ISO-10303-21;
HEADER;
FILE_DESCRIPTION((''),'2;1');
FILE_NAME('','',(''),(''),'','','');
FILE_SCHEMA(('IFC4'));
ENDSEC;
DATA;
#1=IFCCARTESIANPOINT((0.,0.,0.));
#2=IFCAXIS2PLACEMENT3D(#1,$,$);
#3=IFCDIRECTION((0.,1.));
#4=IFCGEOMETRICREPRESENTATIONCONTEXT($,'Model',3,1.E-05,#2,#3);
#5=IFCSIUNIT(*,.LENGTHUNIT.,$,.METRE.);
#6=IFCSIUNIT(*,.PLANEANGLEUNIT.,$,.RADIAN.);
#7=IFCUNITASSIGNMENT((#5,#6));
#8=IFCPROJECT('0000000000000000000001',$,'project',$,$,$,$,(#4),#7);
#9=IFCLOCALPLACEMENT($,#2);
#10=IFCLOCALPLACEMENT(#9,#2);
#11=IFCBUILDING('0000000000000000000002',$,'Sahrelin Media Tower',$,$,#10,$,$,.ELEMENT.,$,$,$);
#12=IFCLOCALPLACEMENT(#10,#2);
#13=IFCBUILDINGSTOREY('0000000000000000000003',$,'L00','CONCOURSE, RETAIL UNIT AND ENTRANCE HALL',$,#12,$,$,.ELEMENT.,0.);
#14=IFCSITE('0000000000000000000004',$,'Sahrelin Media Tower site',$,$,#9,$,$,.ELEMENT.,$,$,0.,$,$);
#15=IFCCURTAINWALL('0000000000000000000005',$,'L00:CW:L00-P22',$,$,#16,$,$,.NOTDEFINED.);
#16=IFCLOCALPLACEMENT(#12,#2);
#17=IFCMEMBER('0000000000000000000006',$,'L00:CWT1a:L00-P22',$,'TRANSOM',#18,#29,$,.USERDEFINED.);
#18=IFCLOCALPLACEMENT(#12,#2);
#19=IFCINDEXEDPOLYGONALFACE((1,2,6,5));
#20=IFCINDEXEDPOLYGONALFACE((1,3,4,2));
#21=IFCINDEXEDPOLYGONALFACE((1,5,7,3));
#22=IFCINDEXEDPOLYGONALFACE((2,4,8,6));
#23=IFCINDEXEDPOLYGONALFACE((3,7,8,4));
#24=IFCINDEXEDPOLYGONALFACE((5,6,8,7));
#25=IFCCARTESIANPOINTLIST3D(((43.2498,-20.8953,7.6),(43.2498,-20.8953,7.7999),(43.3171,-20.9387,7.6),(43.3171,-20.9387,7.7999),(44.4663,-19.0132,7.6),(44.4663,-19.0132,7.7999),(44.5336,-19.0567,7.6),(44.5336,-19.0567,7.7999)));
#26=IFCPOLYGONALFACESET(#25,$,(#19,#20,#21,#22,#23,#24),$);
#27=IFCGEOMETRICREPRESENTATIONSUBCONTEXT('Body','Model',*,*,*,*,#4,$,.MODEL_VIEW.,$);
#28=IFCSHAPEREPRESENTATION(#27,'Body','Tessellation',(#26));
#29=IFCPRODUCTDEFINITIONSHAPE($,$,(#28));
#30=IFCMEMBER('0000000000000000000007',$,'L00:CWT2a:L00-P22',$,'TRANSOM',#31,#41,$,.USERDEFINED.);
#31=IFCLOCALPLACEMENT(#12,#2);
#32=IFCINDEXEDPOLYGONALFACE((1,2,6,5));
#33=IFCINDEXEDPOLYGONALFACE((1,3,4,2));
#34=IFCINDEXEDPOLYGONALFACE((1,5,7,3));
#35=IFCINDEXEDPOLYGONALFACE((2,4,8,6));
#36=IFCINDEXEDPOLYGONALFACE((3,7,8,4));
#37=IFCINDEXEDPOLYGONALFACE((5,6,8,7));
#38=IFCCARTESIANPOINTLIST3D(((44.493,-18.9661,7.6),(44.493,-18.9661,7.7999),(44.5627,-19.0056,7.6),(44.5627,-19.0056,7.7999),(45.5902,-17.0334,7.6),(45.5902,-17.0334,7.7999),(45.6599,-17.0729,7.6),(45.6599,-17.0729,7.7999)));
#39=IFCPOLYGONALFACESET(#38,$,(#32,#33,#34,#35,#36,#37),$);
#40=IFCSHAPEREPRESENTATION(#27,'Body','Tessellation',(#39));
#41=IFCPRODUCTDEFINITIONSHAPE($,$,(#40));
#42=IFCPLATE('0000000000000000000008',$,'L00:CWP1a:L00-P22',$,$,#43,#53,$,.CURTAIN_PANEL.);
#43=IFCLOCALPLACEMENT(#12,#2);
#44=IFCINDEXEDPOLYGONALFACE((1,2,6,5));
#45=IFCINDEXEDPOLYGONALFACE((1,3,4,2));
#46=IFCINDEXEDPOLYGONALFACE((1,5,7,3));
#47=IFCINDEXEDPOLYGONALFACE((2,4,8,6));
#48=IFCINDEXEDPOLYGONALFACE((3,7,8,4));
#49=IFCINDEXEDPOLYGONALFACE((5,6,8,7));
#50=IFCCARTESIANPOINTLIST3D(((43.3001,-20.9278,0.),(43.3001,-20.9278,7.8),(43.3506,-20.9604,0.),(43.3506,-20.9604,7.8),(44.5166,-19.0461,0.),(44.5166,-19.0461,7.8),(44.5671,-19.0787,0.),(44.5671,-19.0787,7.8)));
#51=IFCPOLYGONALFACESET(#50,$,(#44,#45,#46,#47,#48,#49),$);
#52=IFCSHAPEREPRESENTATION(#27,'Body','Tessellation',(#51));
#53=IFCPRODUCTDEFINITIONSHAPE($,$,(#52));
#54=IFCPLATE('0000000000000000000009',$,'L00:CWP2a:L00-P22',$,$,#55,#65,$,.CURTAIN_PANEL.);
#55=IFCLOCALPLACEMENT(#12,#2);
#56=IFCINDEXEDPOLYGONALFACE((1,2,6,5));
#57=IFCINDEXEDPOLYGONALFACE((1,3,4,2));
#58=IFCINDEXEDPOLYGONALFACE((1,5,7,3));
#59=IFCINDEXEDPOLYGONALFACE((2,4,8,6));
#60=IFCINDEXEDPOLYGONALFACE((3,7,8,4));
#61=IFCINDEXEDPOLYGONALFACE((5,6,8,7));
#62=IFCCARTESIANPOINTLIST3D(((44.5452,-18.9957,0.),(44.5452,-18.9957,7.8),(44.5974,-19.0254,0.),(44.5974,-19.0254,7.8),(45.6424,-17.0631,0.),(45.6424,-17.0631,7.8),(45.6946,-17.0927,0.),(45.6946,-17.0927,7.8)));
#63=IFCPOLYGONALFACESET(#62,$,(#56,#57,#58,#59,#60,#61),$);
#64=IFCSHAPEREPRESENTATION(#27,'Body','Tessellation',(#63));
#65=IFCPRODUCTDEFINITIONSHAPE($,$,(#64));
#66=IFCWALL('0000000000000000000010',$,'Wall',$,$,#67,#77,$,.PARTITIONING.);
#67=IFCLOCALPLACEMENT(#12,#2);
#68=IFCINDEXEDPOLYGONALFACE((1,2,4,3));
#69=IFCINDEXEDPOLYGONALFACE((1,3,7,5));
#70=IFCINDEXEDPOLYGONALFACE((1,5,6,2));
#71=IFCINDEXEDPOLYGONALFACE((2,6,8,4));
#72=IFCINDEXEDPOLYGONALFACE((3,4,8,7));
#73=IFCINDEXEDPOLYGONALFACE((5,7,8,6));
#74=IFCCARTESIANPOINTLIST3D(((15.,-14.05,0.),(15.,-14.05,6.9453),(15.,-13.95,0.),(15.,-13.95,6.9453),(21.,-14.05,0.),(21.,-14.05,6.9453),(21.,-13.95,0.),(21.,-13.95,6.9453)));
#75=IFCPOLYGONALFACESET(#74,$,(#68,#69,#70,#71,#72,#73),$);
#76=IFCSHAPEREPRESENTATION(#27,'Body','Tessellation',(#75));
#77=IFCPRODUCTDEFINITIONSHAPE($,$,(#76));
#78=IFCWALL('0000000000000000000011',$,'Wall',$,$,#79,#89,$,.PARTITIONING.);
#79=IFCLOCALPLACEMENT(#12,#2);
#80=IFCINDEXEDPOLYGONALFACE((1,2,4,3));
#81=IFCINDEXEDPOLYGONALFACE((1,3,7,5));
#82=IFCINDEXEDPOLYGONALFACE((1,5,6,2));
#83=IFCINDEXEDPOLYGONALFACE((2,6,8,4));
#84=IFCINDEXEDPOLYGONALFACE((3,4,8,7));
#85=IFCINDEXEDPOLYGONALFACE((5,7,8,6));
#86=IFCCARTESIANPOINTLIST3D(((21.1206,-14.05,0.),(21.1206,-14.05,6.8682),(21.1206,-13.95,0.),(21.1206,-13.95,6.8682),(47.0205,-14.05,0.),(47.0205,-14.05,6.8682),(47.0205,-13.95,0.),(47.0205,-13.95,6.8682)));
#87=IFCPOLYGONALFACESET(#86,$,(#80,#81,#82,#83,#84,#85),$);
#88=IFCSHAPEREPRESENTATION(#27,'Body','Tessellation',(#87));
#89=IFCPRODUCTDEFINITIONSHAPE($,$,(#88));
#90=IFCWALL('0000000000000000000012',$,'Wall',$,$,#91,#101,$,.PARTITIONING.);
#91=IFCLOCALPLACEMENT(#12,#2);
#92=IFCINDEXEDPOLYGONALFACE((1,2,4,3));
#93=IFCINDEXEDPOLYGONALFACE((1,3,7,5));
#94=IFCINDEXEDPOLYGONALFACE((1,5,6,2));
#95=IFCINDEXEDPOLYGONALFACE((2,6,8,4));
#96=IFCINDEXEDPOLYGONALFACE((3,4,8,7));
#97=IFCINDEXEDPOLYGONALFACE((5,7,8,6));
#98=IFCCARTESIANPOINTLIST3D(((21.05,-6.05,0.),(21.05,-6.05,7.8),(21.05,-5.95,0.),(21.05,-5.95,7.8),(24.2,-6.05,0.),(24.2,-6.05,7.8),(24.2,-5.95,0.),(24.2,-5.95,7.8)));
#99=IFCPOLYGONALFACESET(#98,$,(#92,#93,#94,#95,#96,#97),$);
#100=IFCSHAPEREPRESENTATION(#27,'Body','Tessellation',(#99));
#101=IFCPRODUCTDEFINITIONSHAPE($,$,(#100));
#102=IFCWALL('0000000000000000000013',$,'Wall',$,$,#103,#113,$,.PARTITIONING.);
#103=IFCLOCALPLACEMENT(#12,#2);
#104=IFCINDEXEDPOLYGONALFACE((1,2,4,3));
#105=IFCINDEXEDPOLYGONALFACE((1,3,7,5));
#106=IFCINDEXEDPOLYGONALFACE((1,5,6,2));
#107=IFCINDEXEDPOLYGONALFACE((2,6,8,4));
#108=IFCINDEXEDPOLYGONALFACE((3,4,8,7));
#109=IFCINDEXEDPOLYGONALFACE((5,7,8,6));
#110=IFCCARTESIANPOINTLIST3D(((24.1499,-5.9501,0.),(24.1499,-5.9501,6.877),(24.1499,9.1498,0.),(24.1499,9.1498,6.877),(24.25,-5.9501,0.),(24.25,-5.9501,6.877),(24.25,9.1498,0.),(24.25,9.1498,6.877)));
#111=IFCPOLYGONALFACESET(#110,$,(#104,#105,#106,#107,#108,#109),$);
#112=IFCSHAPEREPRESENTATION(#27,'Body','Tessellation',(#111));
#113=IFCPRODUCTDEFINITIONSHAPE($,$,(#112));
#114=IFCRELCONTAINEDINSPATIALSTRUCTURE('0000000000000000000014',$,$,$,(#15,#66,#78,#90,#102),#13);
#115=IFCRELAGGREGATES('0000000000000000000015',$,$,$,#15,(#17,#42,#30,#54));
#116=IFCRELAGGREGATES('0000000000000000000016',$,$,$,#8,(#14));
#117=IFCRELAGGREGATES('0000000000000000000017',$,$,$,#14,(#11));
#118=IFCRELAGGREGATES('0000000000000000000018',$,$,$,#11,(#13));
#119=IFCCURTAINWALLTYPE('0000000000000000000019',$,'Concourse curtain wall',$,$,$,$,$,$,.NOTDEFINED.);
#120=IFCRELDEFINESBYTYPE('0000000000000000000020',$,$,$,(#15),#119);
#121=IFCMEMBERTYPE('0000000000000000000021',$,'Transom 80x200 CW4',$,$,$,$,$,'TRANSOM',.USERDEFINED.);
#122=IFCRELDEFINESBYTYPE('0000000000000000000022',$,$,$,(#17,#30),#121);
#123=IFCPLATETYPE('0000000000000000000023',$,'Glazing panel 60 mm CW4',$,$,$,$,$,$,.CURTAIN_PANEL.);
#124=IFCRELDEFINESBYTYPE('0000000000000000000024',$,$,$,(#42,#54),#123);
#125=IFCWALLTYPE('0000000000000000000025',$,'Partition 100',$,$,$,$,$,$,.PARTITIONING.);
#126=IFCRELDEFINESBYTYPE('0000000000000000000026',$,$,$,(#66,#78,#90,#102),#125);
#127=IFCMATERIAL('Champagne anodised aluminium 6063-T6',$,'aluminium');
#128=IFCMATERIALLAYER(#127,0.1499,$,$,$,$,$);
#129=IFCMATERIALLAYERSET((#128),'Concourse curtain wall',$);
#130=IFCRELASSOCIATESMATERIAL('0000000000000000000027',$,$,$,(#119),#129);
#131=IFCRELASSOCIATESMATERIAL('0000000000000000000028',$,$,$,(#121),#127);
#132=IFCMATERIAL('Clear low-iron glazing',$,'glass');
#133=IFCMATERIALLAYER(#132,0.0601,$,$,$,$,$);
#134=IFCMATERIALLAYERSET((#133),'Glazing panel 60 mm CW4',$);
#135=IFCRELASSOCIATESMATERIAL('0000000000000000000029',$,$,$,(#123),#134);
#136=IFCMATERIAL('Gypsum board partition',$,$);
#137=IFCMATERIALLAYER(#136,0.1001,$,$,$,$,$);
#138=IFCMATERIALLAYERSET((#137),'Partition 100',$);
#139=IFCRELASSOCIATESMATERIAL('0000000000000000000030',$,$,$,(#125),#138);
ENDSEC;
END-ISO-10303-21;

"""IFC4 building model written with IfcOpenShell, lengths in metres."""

from ifc_helpers import new_model, si_unit, direction, frame, frame_2d, origin, origin_2d, place, context, subcontext, project, spatial, polyline, rectangle, outline, extrude, material, layer, layer_set, material_profile, profile_set, type_object, element, aggregate, save


model = new_model("IFC4")

# Units and contexts
model_context = context("Model", 3, precision=1e-05, world=origin(), true_north=direction((0.0, 1.0)))
body_context = subcontext(model_context, "Body", "Model", "MODEL_VIEW")
ifc_project = project(units=[si_unit("LENGTHUNIT", "METRE"), si_unit("PLANEANGLEUNIT", "RADIAN")], contexts=[model_context])

# Site, building, storey
site_placement = place(None, origin())
site = spatial("IfcSite", under=ifc_project, at=site_placement, Name="Sahrelin Media Tower site", CompositionType="ELEMENT", RefElevation=0.0)
building_placement = place(site_placement, origin())
building = spatial("IfcBuilding", under=site, at=building_placement, Name="Sahrelin Media Tower", CompositionType="ELEMENT")
storey_placement = place(building_placement, origin())
storey = spatial("IfcBuildingStorey", under=building, at=storey_placement, Name="L00", Description="CONCOURSE, RETAIL UNIT AND ENTRANCE HALL", CompositionType="ELEMENT", Elevation=0.0)

# Curtain wall
ifc_material_1 = material(Name="Champagne anodised aluminium 6063-T6", Category="aluminium")
ifc_layer_1 = layer(ifc_material_1, 0.1499)
ifc_layer_set_1 = layer_set([ifc_layer_1], Name="Concourse curtain wall")
curtain_wall_type = type_object("IfcCurtainWallType", Name="Concourse curtain wall", PredefinedType="NOTDEFINED", material=ifc_layer_set_1)
curtain_wall_placement = place(storey_placement, frame((43.3013, -21.0, 0.0), z_axis=(0.0, 0.0, 1.0), x_axis=(1.0, 0.0, 0.0)))
curtain_wall = element("IfcCurtainWall", 1, at=curtain_wall_placement, inside=storey, type_object=curtain_wall_type, Name="L00:CW:L00-P22", PredefinedType="NOTDEFINED")

# Members
ifc_material_profile_1 = material_profile(ifc_material_1, rectangle(XDim=0.0801, YDim=0.2, at=origin_2d()), Name="Transom 80x200")
ifc_profile_set_1 = profile_set([ifc_material_profile_1], Name="Champagne anodised aluminium 6063-T6")
member_type_1 = type_object("IfcMemberType", Name="Transom 80x200 CW4", ElementType="TRANSOM", PredefinedType="USERDEFINED", material=ifc_profile_set_1)
member_1_placement = place(storey_placement, frame((43.2834, -20.917, 7.7), z_axis=(0.542854, 0.839827, 0.0), x_axis=(-0.839827, 0.542854, 0.0)))
member_1 = element("IfcMember", 2, at=member_1_placement, type_object=member_type_1, Name="L00:CWT1a:L00-P22", ObjectType="TRANSOM", PredefinedType="USERDEFINED", context=body_context, shape_type="SweptSolid", body=[
    extrude(rectangle(XDim=0.0801, YDim=0.2, at=origin_2d()), origin(), (0.0, 0.0, 1.0), 2.241),
])
member_2_placement = place(storey_placement, frame((44.5278, -18.9858, 7.7), z_axis=(0.4937, 0.869632, 0.0), x_axis=(-0.869632, 0.4937, 0.0)))
member_2 = element("IfcMember", 3, at=member_2_placement, type_object=member_type_1, Name="L00:CWT2a:L00-P22", ObjectType="TRANSOM", PredefinedType="USERDEFINED", context=body_context, shape_type="SweptSolid", body=[
    extrude(rectangle(XDim=0.0801, YDim=0.2, at=origin_2d()), origin(), (0.0, 0.0, 1.0), 2.2224),
])

# Plates
ifc_material_2 = material(Name="Clear low-iron glazing", Category="glass")
ifc_layer_2 = layer(ifc_material_2, 0.0601)
ifc_layer_set_2 = layer_set([ifc_layer_2], Name="Glazing panel 60 mm CW4")
plate_type = type_object("IfcPlateType", Name="Glazing panel 60 mm CW4", PredefinedType="CURTAIN_PANEL", material=ifc_layer_set_2)
plate_1_placement = place(storey_placement, frame((43.3506, -20.9604, 0.0), z_axis=(0.839795, -0.542903, 0.0), x_axis=(0.542903, 0.839795, 0.0)))
plate_1 = element("IfcPlate", 4, at=plate_1_placement, type_object=plate_type, Name="L00:CWP1a:L00-P22", PredefinedType="CURTAIN_PANEL", context=body_context, shape_type="SweptSolid", body=[
    extrude(outline(polyline([(0.0, 0.0), (2.2407, 0.0), (2.2407, 7.8), (0.0, 7.8), (0.0, 0.0)])), origin(), (0.0, 0.0, -1.0), 0.0601),
])
plate_2_placement = place(storey_placement, frame((44.5974, -19.0254, 0.0), z_axis=(0.869632, -0.4937, 0.0), x_axis=(0.4937, 0.869632, 0.0)))
plate_2 = element("IfcPlate", 5, at=plate_2_placement, type_object=plate_type, Name="L00:CWP2a:L00-P22", PredefinedType="CURTAIN_PANEL", context=body_context, shape_type="SweptSolid", body=[
    extrude(outline(polyline([(0.0, 0.0), (2.2224, 0.0), (2.2224, 7.8), (0.0, 7.8), (0.0, 0.0)])), origin(), (0.0, 0.0, -1.0), 0.0601),
])
aggregate(curtain_wall, [member_1, plate_1, member_2, plate_2])

# Walls
ifc_material_3 = material(Name="Gypsum board partition")
ifc_layer_3 = layer(ifc_material_3, 0.1001)
ifc_layer_set_3 = layer_set([ifc_layer_3], Name="Partition 100")
wall_type = type_object("IfcWallType", Name="Partition 100", PredefinedType="PARTITIONING", material=ifc_layer_set_3)
wall_1_placement = place(storey_placement, frame((21.0, -14.0, 0.0), z_axis=(0.0, 0.0, 1.0), x_axis=(-1.0, 0.0, 0.0)))
element("IfcWall", 6, at=wall_1_placement, inside=storey, type_object=wall_type, Name="Wall", PredefinedType="PARTITIONING", context=body_context, shape_type="SweptSolid", body=[
    extrude(rectangle(XDim=6.0, YDim=0.1001, at=frame_2d((3.0, 0.0))), origin(), (0.0, 0.0, 1.0), 6.9453),
])
wall_2_placement = place(storey_placement, frame((21.1206, -14.0, 0.0), z_axis=(0.0, 0.0, 1.0), x_axis=(1.0, 0.0, 0.0)))
element("IfcWall", 7, at=wall_2_placement, inside=storey, type_object=wall_type, Name="Wall", PredefinedType="PARTITIONING", context=body_context, shape_type="SweptSolid", body=[
    extrude(rectangle(XDim=25.8999, YDim=0.1001, at=frame_2d((12.95, 0.0))), origin(), (0.0, 0.0, 1.0), 6.8682),
])
wall_3_placement = place(storey_placement, frame((21.05, -6.0, 0.0), z_axis=(0.0, 0.0, 1.0), x_axis=(1.0, 0.0, 0.0)))
element("IfcWall", 8, at=wall_3_placement, inside=storey, type_object=wall_type, Name="Wall", PredefinedType="PARTITIONING", context=body_context, shape_type="SweptSolid", body=[
    extrude(rectangle(XDim=3.1499, YDim=0.1001, at=frame_2d((1.575, 0.0))), origin(), (0.0, 0.0, 1.0), 7.8),
])
wall_4_placement = place(storey_placement, frame((24.2, -5.95, 0.0), z_axis=(0.0, 0.0, 1.0), x_axis=(0.0, 1.0, 0.0)))
element("IfcWall", 9, at=wall_4_placement, inside=storey, type_object=wall_type, Name="Wall", PredefinedType="PARTITIONING", context=body_context, shape_type="SweptSolid", body=[
    extrude(rectangle(XDim=15.0999, YDim=0.1001, at=frame_2d((7.5498, 0.0))), origin(), (0.0, 0.0, 1.0), 6.877),
])

save(model, "model.ifc")
